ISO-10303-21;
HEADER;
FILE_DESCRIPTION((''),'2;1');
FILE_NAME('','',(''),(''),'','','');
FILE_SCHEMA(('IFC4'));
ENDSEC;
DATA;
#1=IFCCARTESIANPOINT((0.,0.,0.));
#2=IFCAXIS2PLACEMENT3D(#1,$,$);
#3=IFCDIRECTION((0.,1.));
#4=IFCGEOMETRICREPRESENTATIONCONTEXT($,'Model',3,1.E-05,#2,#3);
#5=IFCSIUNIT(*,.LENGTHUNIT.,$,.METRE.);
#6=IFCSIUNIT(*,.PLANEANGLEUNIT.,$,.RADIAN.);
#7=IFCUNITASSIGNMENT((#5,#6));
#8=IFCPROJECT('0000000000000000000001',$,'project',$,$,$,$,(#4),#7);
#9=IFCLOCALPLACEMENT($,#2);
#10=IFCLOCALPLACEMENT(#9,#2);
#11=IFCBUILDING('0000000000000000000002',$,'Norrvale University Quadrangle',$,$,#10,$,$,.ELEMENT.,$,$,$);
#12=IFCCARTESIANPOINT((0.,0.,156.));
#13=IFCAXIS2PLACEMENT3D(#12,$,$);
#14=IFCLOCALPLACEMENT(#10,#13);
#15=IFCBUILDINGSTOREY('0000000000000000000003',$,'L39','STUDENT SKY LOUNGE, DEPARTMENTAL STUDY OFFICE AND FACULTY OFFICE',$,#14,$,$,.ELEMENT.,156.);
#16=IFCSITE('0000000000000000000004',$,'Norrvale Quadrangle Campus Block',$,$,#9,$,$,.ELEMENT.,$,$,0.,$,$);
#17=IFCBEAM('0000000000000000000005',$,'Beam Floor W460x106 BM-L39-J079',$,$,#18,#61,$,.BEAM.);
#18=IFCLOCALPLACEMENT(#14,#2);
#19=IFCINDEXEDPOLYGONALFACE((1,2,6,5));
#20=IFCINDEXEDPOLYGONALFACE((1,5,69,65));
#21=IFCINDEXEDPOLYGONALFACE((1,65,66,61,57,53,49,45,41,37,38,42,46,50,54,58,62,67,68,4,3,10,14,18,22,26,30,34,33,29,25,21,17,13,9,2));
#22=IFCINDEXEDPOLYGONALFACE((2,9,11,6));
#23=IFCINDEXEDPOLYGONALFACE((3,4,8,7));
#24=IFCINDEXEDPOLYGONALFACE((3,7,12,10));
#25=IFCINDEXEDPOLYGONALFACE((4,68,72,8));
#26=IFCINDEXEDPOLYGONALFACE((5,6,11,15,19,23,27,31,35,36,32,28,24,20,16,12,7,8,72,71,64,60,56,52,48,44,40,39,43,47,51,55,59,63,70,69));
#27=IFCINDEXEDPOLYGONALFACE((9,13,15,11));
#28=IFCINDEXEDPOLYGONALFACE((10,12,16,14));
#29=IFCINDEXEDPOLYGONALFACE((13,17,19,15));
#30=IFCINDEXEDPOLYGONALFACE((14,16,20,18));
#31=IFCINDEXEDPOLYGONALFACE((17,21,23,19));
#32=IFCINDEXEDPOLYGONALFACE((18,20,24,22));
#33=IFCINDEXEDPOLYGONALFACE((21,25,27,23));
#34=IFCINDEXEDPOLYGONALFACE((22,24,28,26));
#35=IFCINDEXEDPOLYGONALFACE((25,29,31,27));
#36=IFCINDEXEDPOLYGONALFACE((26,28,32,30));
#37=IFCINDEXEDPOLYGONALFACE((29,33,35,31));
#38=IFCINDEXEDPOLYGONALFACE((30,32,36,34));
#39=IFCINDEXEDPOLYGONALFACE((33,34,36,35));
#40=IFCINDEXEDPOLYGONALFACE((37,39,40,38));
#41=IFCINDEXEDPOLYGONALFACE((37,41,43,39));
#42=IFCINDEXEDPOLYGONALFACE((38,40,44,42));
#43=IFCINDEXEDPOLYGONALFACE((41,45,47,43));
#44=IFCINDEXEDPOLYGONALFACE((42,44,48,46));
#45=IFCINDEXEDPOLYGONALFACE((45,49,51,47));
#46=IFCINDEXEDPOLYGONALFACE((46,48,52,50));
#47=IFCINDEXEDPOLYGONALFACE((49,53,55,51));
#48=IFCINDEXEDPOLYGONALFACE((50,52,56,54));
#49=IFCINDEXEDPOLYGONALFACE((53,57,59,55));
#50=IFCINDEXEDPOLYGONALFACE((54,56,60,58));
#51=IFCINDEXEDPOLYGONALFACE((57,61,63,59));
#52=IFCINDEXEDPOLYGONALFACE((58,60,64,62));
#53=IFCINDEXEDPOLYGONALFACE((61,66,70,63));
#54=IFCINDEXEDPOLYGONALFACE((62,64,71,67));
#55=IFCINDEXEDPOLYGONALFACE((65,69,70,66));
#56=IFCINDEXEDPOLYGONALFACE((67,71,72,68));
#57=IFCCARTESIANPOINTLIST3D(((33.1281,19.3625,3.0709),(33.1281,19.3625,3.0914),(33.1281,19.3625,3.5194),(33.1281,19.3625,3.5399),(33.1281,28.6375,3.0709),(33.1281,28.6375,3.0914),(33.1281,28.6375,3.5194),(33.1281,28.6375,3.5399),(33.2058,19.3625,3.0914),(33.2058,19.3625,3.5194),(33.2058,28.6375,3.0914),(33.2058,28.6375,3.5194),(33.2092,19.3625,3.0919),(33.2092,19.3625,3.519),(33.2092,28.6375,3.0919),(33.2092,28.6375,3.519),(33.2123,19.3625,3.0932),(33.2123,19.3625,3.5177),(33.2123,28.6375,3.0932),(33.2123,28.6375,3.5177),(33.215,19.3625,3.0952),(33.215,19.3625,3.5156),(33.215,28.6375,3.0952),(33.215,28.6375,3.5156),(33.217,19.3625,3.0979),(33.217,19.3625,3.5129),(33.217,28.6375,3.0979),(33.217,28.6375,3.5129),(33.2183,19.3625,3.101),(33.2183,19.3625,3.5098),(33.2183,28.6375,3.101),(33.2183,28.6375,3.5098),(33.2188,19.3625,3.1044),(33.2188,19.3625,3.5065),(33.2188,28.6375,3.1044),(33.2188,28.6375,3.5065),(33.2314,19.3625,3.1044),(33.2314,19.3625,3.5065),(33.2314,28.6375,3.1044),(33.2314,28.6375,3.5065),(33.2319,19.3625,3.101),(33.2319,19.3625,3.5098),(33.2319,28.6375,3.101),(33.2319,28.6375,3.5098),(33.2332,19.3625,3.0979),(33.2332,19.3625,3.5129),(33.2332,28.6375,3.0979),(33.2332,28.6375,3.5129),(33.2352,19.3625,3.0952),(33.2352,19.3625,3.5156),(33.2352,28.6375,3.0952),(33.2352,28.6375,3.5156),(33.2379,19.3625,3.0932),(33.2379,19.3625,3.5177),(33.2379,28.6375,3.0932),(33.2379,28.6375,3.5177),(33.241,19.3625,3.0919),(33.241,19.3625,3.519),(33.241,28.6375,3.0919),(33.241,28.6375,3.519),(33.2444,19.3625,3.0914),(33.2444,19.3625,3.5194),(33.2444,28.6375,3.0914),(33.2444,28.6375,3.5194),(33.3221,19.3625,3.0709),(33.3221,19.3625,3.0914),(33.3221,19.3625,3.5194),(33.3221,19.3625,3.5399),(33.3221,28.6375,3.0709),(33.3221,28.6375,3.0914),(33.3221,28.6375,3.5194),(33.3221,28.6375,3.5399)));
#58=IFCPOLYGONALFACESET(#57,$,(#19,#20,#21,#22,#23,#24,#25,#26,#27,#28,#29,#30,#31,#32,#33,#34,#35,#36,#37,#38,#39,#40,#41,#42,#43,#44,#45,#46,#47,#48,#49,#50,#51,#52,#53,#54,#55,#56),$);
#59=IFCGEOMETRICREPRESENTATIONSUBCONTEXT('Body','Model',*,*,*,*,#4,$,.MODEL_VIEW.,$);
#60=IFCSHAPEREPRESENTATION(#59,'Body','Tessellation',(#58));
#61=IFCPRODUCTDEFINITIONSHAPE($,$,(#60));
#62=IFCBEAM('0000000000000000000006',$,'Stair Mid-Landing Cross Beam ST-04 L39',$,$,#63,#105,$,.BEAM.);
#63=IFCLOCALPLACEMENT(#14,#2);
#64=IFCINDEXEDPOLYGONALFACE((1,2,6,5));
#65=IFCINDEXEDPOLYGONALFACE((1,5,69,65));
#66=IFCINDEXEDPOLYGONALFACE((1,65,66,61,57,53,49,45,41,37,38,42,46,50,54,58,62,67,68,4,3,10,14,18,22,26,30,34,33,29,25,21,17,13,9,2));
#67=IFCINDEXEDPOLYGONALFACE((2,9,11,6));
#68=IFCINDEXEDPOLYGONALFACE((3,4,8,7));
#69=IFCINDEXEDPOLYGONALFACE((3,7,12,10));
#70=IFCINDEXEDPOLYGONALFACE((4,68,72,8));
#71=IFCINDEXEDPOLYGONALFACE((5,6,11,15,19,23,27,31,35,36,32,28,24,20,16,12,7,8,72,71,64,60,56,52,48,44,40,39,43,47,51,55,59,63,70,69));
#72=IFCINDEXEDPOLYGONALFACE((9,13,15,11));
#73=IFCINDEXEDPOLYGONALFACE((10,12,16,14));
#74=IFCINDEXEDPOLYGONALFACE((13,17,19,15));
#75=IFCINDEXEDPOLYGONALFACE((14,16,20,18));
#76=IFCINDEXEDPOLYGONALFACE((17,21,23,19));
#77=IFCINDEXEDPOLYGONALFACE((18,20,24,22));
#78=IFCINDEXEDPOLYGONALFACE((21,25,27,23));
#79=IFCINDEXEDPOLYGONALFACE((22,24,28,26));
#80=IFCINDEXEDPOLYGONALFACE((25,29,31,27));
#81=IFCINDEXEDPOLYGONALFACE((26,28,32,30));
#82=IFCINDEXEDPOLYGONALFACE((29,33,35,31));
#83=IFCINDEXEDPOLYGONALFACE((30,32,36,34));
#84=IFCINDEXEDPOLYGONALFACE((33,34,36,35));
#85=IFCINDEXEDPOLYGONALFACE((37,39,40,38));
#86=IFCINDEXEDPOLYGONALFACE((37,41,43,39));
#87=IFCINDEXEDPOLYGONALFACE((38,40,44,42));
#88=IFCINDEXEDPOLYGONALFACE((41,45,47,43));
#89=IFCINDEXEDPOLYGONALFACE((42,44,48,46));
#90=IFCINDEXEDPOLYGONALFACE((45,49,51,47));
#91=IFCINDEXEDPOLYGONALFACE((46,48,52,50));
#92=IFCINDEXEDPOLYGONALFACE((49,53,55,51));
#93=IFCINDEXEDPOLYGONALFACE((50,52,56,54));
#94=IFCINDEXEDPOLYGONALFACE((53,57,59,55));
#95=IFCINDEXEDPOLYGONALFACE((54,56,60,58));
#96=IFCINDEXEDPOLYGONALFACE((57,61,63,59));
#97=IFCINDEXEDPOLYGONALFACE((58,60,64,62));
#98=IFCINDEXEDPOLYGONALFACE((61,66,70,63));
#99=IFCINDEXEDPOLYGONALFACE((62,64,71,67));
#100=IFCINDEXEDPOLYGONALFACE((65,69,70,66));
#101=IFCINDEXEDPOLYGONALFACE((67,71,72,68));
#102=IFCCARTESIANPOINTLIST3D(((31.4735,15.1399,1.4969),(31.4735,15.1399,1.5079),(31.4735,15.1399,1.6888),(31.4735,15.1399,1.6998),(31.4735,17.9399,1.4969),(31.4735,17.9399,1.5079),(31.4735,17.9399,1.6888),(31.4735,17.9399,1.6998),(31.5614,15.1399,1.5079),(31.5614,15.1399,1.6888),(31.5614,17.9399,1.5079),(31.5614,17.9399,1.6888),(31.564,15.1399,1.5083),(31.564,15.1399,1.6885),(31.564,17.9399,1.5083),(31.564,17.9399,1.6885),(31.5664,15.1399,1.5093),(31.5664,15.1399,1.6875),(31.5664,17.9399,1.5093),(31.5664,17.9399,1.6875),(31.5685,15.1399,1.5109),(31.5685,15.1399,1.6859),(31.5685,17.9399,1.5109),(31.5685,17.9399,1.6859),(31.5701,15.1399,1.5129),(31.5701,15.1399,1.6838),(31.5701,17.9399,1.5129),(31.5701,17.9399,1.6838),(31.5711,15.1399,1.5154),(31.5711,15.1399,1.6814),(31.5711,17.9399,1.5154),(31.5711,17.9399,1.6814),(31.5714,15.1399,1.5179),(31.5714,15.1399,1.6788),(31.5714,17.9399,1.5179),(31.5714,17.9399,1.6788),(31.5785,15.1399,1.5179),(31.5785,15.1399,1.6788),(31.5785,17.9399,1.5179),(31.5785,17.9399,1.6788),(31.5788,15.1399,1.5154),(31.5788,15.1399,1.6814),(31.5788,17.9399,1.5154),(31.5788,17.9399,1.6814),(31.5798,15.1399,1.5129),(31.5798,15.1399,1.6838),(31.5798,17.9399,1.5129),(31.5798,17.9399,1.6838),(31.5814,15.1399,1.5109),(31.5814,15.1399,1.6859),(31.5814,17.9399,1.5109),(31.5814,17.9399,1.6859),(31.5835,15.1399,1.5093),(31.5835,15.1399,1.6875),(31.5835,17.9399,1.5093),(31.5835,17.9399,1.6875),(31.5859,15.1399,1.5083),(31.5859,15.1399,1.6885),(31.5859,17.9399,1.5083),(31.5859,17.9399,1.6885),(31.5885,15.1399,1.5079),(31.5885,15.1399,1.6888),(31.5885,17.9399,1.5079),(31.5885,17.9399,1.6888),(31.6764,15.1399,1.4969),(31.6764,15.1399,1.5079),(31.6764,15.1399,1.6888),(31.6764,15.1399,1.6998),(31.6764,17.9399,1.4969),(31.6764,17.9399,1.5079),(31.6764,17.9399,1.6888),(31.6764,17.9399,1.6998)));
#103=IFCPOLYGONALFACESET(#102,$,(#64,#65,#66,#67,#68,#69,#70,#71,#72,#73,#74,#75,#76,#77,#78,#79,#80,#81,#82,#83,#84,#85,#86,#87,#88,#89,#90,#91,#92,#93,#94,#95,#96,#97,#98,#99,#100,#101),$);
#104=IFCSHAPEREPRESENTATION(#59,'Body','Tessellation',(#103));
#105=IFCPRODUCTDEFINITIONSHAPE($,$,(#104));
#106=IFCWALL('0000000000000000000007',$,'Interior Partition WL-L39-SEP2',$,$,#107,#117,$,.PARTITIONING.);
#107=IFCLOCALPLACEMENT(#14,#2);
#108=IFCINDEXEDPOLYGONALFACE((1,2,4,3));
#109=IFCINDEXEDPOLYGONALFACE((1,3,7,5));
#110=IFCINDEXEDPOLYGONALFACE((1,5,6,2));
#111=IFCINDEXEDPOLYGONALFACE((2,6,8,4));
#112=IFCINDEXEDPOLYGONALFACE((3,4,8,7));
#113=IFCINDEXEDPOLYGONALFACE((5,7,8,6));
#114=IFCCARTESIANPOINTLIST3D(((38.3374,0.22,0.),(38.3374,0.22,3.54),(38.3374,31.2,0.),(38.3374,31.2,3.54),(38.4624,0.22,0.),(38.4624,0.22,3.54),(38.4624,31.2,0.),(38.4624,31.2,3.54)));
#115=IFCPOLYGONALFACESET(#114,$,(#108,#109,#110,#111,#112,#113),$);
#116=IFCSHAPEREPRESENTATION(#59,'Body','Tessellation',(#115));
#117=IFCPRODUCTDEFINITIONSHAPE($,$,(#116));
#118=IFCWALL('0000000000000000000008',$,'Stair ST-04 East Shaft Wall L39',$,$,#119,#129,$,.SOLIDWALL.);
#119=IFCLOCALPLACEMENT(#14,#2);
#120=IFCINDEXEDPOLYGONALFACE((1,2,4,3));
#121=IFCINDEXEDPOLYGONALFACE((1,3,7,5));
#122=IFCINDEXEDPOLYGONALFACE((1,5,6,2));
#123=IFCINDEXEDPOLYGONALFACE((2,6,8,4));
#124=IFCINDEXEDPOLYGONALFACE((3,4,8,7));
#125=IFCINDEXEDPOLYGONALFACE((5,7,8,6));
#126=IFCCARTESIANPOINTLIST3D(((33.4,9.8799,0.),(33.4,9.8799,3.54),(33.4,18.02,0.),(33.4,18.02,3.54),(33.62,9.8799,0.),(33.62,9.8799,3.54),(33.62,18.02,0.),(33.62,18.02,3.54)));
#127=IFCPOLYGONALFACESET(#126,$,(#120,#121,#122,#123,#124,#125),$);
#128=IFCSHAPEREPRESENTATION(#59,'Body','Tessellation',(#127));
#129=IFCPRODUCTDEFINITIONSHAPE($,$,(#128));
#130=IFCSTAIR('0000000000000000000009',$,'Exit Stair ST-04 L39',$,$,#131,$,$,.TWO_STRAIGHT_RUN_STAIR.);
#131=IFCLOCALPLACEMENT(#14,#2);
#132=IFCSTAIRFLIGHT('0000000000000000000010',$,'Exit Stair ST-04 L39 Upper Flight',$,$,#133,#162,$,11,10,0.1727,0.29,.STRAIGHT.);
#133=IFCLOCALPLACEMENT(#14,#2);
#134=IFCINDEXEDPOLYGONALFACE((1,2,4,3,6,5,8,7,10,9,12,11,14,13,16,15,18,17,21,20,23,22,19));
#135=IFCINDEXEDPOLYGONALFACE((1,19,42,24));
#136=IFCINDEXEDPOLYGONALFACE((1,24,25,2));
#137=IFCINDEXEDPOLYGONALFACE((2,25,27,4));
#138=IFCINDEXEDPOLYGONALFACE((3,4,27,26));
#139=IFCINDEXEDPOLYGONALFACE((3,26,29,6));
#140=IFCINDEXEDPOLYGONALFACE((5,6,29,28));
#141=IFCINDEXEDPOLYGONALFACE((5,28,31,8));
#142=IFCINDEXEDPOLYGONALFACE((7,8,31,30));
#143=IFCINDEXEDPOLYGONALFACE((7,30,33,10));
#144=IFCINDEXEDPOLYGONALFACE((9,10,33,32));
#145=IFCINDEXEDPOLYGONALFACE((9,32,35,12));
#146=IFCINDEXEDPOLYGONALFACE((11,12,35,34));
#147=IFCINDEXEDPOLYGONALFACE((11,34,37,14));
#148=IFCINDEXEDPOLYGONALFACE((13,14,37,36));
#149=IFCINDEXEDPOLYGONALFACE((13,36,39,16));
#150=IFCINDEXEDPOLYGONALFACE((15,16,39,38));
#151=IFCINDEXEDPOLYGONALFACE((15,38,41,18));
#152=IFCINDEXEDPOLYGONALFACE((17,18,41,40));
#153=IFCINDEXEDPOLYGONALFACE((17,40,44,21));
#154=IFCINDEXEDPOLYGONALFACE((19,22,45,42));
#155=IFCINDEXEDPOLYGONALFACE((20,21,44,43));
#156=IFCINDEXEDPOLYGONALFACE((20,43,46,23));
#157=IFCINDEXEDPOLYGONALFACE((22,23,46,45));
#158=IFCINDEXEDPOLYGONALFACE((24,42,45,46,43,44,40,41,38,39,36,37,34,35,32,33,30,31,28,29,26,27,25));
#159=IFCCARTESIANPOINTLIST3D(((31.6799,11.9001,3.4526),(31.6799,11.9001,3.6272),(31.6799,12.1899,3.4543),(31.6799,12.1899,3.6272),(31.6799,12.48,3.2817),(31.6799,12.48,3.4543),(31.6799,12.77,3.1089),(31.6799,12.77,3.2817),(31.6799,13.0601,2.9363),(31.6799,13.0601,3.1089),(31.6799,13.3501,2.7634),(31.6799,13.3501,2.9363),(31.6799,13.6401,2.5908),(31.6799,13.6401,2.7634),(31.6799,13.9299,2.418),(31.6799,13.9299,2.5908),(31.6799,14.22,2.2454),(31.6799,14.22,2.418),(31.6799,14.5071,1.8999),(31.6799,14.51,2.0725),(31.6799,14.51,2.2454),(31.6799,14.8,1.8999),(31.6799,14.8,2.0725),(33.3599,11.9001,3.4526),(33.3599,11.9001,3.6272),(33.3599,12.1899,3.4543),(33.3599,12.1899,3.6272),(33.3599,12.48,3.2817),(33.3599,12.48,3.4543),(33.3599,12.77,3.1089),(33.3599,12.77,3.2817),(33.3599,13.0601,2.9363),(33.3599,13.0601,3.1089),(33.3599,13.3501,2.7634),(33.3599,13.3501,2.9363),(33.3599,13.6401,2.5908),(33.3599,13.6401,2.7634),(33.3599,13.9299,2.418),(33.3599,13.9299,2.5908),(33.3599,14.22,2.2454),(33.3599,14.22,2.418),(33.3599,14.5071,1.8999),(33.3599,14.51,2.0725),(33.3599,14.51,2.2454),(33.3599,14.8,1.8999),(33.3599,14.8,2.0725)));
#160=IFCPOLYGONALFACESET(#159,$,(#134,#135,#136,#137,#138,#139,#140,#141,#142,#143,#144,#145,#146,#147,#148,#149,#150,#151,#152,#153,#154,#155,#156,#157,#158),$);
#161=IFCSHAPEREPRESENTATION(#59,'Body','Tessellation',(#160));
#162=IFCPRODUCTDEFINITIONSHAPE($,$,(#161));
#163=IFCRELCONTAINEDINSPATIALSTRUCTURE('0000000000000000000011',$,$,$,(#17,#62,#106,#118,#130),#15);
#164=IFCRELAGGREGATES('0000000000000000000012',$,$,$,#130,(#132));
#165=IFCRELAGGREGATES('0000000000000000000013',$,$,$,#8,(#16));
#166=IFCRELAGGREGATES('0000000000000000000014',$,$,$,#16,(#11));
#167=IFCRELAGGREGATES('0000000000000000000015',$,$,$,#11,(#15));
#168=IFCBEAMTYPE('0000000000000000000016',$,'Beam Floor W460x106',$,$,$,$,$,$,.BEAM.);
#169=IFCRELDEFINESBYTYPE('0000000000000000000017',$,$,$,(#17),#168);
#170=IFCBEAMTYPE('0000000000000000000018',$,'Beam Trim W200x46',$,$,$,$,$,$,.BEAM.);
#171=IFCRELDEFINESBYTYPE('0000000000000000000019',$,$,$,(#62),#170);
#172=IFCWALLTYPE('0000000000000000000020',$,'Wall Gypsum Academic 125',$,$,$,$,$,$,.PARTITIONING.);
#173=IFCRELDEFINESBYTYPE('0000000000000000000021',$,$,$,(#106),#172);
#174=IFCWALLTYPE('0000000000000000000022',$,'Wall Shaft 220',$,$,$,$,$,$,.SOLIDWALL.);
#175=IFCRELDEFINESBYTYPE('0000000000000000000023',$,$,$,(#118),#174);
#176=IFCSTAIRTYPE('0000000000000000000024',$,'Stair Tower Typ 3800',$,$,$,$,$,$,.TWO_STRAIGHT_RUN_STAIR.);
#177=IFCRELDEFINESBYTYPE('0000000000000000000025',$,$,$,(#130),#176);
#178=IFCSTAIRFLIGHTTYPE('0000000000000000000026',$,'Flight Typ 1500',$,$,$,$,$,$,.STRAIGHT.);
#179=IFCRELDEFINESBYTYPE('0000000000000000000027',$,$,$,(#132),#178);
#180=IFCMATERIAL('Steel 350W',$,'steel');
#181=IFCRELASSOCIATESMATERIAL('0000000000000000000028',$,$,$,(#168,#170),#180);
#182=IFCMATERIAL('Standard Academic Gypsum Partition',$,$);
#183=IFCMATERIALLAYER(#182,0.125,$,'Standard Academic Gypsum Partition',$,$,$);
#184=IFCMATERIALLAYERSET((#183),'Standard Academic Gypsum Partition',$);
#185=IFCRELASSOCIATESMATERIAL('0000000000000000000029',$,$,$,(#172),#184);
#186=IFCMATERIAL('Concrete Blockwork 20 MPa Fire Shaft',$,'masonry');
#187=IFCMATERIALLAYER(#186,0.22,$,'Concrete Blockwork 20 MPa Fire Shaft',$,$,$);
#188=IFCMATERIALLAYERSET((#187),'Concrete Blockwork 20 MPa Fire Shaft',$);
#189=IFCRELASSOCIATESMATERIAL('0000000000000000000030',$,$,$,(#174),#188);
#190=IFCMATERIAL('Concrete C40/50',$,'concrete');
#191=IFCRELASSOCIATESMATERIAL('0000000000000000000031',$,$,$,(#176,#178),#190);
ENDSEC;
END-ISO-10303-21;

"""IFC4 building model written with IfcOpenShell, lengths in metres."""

from ifc_helpers import new_model, si_unit, direction, frame, frame_2d, origin, origin_2d, place, context, subcontext, project, spatial, polyline, rectangle, i_section, outline, extrude, material, layer, layer_set, material_profile, profile_set, type_object, element, aggregate, save


model = new_model("IFC4")

# Units and contexts
model_context = context("Model", 3, precision=1e-05, world=origin(), true_north=direction((0.0, 1.0)))
body_context = subcontext(model_context, "Body", "Model", "MODEL_VIEW")
ifc_project = project(units=[si_unit("LENGTHUNIT", "METRE"), si_unit("PLANEANGLEUNIT", "RADIAN")], contexts=[model_context])

# Site, building, storey
site_placement = place(None, origin())
site = spatial("IfcSite", under=ifc_project, at=site_placement, Name="Norrvale Quadrangle Campus Block", CompositionType="ELEMENT", RefElevation=0.0)
building_placement = place(site_placement, origin())
building = spatial("IfcBuilding", under=site, at=building_placement, Name="Norrvale University Quadrangle", CompositionType="ELEMENT")
storey_placement = place(building_placement, frame((0.0, 0.0, 156.0)))
storey = spatial("IfcBuildingStorey", under=building, at=storey_placement, Name="L39", Description="STUDENT SKY LOUNGE, DEPARTMENTAL STUDY OFFICE AND FACULTY OFFICE", CompositionType="ELEMENT", Elevation=156.0)

# Beams
ifc_material_1 = material(Name="Steel 350W", Category="steel")
ifc_material_profile_1 = material_profile(ifc_material_1, i_section(OverallWidth=0.1941, OverallDepth=0.469, WebThickness=0.0127, FlangeThickness=0.0205, FilletRadius=0.0129, at=origin_2d()), Name="Steel 350W")
ifc_profile_set_1 = profile_set([ifc_material_profile_1], Name="Steel 350W")
beam_type_1 = type_object("IfcBeamType", Name="Beam Floor W460x106", PredefinedType="BEAM", material=ifc_profile_set_1)
beam_1_placement = place(storey_placement, frame((33.2251, 19.3625, 3.3054), z_axis=(0.0, 1.0, 0.0), x_axis=(-1.0, 0.0, 0.0)))
element("IfcBeam", 1, at=beam_1_placement, inside=storey, type_object=beam_type_1, Name="Beam Floor W460x106 BM-L39-J079", PredefinedType="BEAM", context=body_context, shape_type="SweptSolid", body=[
    extrude(i_section(OverallWidth=0.1941, OverallDepth=0.469, WebThickness=0.0127, FlangeThickness=0.0205, FilletRadius=0.0129, at=origin_2d()), origin(), (0.0, 0.0, 1.0), 9.2749),
])
ifc_material_profile_2 = material_profile(ifc_material_1, i_section(OverallWidth=0.2029, OverallDepth=0.2029, WebThickness=0.0071, FlangeThickness=0.011, FilletRadius=0.01, at=origin_2d()), Name="Steel 350W")
ifc_profile_set_2 = profile_set([ifc_material_profile_2], Name="Steel 350W")
beam_type_2 = type_object("IfcBeamType", Name="Beam Trim W200x46", PredefinedType="BEAM", material=ifc_profile_set_2)
beam_2_placement = place(storey_placement, frame((31.575, 15.1399, 1.5984), z_axis=(0.0, 1.0, 0.0), x_axis=(-1.0, 0.0, 0.0)))
element("IfcBeam", 2, at=beam_2_placement, inside=storey, type_object=beam_type_2, Name="Stair Mid-Landing Cross Beam ST-04 L39", PredefinedType="BEAM", context=body_context, shape_type="SweptSolid", body=[
    extrude(i_section(OverallWidth=0.2029, OverallDepth=0.2029, WebThickness=0.0071, FlangeThickness=0.011, FilletRadius=0.01, at=origin_2d()), origin(), (0.0, 0.0, 1.0), 2.8),
])

# Walls
ifc_material_2 = material(Name="Standard Academic Gypsum Partition")
ifc_layer_1 = layer(ifc_material_2, 0.125, Name="Standard Academic Gypsum Partition")
ifc_layer_set_1 = layer_set([ifc_layer_1], Name="Standard Academic Gypsum Partition")
wall_type_1 = type_object("IfcWallType", Name="Wall Gypsum Academic 125", PredefinedType="PARTITIONING", material=ifc_layer_set_1)
wall_1_placement = place(storey_placement, frame((38.3999, 0.22, 0.0), z_axis=(0.0, 0.0, 1.0), x_axis=(0.0, 1.0, 0.0)))
element("IfcWall", 3, at=wall_1_placement, inside=storey, type_object=wall_type_1, Name="Interior Partition WL-L39-SEP2", PredefinedType="PARTITIONING", context=body_context, shape_type="SweptSolid", body=[
    extrude(rectangle(XDim=30.98, YDim=0.125, at=frame_2d((15.49, 0.0))), origin(), (0.0, 0.0, 1.0), 3.54),
])
ifc_material_3 = material(Name="Concrete Blockwork 20 MPa Fire Shaft", Category="masonry")
ifc_layer_2 = layer(ifc_material_3, 0.22, Name="Concrete Blockwork 20 MPa Fire Shaft")
ifc_layer_set_2 = layer_set([ifc_layer_2], Name="Concrete Blockwork 20 MPa Fire Shaft")
wall_type_2 = type_object("IfcWallType", Name="Wall Shaft 220", PredefinedType="SOLIDWALL", material=ifc_layer_set_2)
wall_2_placement = place(storey_placement, frame((33.51, 9.8799, 0.0), z_axis=(0.0, 0.0, 1.0), x_axis=(0.0, 1.0, 0.0)))
element("IfcWall", 4, at=wall_2_placement, inside=storey, type_object=wall_type_2, Name="Stair ST-04 East Shaft Wall L39", PredefinedType="SOLIDWALL", context=body_context, shape_type="SweptSolid", body=[
    extrude(rectangle(XDim=8.1401, YDim=0.22, at=frame_2d((4.0701, 0.0))), origin(), (0.0, 0.0, 1.0), 3.54),
])

# Stair, stair flight
ifc_material_4 = material(Name="Concrete C40/50", Category="concrete")
stair_type = type_object("IfcStairType", Name="Stair Tower Typ 3800", PredefinedType="TWO_STRAIGHT_RUN_STAIR", material=ifc_material_4)
stair_placement = place(storey_placement, origin())
stair = element("IfcStair", 5, at=stair_placement, inside=storey, type_object=stair_type, Name="Exit Stair ST-04 L39", PredefinedType="TWO_STRAIGHT_RUN_STAIR")
stair_flight_type = type_object("IfcStairFlightType", Name="Flight Typ 1500", PredefinedType="STRAIGHT", material=ifc_material_4)
stair_flight_placement = place(storey_placement, frame((32.52, 14.8, 1.8999), z_axis=(0.0, 0.0, 1.0), x_axis=(0.0, -1.0, 0.0)))
stair_flight = element("IfcStairFlight", 6, at=stair_flight_placement, type_object=stair_flight_type, Name="Exit Stair ST-04 L39 Upper Flight", NumberOfRisers=11, NumberOfTreads=10, PredefinedType="STRAIGHT", RiserHeight=0.1727, TreadLength=0.29, context=body_context, shape_type="SweptSolid", body=[
    extrude(outline(polyline([(0.0, 0.0), (0.0, 0.1726), (0.29, 0.1726), (0.29, 0.3455), (0.5801, 0.3455), (0.5801, 0.5181), (0.8701, 0.5181), (0.8701, 0.6909), (1.1599, 0.6909), (1.1599, 0.8635), (1.45, 0.8635), (1.45, 1.0364), (1.74, 1.0364), (1.74, 1.209), (2.03, 1.209), (2.03, 1.3818), (2.3201, 1.3818), (2.3201, 1.5544), (2.6101, 1.5544), (2.6101, 1.7273), (2.8999, 1.7273), (2.8999, 1.8999), (2.8999, 1.5527), (0.293, 0.0), (0.0, 0.0)])), frame((0.0, 0.8398, 0.0), z_axis=(0.0, -1.0, 0.0), x_axis=(1.0, 0.0, 0.0)), (0.0, 0.0, 1.0), 1.6799),
])
aggregate(stair, [stair_flight])

save(model, "model.ifc")
